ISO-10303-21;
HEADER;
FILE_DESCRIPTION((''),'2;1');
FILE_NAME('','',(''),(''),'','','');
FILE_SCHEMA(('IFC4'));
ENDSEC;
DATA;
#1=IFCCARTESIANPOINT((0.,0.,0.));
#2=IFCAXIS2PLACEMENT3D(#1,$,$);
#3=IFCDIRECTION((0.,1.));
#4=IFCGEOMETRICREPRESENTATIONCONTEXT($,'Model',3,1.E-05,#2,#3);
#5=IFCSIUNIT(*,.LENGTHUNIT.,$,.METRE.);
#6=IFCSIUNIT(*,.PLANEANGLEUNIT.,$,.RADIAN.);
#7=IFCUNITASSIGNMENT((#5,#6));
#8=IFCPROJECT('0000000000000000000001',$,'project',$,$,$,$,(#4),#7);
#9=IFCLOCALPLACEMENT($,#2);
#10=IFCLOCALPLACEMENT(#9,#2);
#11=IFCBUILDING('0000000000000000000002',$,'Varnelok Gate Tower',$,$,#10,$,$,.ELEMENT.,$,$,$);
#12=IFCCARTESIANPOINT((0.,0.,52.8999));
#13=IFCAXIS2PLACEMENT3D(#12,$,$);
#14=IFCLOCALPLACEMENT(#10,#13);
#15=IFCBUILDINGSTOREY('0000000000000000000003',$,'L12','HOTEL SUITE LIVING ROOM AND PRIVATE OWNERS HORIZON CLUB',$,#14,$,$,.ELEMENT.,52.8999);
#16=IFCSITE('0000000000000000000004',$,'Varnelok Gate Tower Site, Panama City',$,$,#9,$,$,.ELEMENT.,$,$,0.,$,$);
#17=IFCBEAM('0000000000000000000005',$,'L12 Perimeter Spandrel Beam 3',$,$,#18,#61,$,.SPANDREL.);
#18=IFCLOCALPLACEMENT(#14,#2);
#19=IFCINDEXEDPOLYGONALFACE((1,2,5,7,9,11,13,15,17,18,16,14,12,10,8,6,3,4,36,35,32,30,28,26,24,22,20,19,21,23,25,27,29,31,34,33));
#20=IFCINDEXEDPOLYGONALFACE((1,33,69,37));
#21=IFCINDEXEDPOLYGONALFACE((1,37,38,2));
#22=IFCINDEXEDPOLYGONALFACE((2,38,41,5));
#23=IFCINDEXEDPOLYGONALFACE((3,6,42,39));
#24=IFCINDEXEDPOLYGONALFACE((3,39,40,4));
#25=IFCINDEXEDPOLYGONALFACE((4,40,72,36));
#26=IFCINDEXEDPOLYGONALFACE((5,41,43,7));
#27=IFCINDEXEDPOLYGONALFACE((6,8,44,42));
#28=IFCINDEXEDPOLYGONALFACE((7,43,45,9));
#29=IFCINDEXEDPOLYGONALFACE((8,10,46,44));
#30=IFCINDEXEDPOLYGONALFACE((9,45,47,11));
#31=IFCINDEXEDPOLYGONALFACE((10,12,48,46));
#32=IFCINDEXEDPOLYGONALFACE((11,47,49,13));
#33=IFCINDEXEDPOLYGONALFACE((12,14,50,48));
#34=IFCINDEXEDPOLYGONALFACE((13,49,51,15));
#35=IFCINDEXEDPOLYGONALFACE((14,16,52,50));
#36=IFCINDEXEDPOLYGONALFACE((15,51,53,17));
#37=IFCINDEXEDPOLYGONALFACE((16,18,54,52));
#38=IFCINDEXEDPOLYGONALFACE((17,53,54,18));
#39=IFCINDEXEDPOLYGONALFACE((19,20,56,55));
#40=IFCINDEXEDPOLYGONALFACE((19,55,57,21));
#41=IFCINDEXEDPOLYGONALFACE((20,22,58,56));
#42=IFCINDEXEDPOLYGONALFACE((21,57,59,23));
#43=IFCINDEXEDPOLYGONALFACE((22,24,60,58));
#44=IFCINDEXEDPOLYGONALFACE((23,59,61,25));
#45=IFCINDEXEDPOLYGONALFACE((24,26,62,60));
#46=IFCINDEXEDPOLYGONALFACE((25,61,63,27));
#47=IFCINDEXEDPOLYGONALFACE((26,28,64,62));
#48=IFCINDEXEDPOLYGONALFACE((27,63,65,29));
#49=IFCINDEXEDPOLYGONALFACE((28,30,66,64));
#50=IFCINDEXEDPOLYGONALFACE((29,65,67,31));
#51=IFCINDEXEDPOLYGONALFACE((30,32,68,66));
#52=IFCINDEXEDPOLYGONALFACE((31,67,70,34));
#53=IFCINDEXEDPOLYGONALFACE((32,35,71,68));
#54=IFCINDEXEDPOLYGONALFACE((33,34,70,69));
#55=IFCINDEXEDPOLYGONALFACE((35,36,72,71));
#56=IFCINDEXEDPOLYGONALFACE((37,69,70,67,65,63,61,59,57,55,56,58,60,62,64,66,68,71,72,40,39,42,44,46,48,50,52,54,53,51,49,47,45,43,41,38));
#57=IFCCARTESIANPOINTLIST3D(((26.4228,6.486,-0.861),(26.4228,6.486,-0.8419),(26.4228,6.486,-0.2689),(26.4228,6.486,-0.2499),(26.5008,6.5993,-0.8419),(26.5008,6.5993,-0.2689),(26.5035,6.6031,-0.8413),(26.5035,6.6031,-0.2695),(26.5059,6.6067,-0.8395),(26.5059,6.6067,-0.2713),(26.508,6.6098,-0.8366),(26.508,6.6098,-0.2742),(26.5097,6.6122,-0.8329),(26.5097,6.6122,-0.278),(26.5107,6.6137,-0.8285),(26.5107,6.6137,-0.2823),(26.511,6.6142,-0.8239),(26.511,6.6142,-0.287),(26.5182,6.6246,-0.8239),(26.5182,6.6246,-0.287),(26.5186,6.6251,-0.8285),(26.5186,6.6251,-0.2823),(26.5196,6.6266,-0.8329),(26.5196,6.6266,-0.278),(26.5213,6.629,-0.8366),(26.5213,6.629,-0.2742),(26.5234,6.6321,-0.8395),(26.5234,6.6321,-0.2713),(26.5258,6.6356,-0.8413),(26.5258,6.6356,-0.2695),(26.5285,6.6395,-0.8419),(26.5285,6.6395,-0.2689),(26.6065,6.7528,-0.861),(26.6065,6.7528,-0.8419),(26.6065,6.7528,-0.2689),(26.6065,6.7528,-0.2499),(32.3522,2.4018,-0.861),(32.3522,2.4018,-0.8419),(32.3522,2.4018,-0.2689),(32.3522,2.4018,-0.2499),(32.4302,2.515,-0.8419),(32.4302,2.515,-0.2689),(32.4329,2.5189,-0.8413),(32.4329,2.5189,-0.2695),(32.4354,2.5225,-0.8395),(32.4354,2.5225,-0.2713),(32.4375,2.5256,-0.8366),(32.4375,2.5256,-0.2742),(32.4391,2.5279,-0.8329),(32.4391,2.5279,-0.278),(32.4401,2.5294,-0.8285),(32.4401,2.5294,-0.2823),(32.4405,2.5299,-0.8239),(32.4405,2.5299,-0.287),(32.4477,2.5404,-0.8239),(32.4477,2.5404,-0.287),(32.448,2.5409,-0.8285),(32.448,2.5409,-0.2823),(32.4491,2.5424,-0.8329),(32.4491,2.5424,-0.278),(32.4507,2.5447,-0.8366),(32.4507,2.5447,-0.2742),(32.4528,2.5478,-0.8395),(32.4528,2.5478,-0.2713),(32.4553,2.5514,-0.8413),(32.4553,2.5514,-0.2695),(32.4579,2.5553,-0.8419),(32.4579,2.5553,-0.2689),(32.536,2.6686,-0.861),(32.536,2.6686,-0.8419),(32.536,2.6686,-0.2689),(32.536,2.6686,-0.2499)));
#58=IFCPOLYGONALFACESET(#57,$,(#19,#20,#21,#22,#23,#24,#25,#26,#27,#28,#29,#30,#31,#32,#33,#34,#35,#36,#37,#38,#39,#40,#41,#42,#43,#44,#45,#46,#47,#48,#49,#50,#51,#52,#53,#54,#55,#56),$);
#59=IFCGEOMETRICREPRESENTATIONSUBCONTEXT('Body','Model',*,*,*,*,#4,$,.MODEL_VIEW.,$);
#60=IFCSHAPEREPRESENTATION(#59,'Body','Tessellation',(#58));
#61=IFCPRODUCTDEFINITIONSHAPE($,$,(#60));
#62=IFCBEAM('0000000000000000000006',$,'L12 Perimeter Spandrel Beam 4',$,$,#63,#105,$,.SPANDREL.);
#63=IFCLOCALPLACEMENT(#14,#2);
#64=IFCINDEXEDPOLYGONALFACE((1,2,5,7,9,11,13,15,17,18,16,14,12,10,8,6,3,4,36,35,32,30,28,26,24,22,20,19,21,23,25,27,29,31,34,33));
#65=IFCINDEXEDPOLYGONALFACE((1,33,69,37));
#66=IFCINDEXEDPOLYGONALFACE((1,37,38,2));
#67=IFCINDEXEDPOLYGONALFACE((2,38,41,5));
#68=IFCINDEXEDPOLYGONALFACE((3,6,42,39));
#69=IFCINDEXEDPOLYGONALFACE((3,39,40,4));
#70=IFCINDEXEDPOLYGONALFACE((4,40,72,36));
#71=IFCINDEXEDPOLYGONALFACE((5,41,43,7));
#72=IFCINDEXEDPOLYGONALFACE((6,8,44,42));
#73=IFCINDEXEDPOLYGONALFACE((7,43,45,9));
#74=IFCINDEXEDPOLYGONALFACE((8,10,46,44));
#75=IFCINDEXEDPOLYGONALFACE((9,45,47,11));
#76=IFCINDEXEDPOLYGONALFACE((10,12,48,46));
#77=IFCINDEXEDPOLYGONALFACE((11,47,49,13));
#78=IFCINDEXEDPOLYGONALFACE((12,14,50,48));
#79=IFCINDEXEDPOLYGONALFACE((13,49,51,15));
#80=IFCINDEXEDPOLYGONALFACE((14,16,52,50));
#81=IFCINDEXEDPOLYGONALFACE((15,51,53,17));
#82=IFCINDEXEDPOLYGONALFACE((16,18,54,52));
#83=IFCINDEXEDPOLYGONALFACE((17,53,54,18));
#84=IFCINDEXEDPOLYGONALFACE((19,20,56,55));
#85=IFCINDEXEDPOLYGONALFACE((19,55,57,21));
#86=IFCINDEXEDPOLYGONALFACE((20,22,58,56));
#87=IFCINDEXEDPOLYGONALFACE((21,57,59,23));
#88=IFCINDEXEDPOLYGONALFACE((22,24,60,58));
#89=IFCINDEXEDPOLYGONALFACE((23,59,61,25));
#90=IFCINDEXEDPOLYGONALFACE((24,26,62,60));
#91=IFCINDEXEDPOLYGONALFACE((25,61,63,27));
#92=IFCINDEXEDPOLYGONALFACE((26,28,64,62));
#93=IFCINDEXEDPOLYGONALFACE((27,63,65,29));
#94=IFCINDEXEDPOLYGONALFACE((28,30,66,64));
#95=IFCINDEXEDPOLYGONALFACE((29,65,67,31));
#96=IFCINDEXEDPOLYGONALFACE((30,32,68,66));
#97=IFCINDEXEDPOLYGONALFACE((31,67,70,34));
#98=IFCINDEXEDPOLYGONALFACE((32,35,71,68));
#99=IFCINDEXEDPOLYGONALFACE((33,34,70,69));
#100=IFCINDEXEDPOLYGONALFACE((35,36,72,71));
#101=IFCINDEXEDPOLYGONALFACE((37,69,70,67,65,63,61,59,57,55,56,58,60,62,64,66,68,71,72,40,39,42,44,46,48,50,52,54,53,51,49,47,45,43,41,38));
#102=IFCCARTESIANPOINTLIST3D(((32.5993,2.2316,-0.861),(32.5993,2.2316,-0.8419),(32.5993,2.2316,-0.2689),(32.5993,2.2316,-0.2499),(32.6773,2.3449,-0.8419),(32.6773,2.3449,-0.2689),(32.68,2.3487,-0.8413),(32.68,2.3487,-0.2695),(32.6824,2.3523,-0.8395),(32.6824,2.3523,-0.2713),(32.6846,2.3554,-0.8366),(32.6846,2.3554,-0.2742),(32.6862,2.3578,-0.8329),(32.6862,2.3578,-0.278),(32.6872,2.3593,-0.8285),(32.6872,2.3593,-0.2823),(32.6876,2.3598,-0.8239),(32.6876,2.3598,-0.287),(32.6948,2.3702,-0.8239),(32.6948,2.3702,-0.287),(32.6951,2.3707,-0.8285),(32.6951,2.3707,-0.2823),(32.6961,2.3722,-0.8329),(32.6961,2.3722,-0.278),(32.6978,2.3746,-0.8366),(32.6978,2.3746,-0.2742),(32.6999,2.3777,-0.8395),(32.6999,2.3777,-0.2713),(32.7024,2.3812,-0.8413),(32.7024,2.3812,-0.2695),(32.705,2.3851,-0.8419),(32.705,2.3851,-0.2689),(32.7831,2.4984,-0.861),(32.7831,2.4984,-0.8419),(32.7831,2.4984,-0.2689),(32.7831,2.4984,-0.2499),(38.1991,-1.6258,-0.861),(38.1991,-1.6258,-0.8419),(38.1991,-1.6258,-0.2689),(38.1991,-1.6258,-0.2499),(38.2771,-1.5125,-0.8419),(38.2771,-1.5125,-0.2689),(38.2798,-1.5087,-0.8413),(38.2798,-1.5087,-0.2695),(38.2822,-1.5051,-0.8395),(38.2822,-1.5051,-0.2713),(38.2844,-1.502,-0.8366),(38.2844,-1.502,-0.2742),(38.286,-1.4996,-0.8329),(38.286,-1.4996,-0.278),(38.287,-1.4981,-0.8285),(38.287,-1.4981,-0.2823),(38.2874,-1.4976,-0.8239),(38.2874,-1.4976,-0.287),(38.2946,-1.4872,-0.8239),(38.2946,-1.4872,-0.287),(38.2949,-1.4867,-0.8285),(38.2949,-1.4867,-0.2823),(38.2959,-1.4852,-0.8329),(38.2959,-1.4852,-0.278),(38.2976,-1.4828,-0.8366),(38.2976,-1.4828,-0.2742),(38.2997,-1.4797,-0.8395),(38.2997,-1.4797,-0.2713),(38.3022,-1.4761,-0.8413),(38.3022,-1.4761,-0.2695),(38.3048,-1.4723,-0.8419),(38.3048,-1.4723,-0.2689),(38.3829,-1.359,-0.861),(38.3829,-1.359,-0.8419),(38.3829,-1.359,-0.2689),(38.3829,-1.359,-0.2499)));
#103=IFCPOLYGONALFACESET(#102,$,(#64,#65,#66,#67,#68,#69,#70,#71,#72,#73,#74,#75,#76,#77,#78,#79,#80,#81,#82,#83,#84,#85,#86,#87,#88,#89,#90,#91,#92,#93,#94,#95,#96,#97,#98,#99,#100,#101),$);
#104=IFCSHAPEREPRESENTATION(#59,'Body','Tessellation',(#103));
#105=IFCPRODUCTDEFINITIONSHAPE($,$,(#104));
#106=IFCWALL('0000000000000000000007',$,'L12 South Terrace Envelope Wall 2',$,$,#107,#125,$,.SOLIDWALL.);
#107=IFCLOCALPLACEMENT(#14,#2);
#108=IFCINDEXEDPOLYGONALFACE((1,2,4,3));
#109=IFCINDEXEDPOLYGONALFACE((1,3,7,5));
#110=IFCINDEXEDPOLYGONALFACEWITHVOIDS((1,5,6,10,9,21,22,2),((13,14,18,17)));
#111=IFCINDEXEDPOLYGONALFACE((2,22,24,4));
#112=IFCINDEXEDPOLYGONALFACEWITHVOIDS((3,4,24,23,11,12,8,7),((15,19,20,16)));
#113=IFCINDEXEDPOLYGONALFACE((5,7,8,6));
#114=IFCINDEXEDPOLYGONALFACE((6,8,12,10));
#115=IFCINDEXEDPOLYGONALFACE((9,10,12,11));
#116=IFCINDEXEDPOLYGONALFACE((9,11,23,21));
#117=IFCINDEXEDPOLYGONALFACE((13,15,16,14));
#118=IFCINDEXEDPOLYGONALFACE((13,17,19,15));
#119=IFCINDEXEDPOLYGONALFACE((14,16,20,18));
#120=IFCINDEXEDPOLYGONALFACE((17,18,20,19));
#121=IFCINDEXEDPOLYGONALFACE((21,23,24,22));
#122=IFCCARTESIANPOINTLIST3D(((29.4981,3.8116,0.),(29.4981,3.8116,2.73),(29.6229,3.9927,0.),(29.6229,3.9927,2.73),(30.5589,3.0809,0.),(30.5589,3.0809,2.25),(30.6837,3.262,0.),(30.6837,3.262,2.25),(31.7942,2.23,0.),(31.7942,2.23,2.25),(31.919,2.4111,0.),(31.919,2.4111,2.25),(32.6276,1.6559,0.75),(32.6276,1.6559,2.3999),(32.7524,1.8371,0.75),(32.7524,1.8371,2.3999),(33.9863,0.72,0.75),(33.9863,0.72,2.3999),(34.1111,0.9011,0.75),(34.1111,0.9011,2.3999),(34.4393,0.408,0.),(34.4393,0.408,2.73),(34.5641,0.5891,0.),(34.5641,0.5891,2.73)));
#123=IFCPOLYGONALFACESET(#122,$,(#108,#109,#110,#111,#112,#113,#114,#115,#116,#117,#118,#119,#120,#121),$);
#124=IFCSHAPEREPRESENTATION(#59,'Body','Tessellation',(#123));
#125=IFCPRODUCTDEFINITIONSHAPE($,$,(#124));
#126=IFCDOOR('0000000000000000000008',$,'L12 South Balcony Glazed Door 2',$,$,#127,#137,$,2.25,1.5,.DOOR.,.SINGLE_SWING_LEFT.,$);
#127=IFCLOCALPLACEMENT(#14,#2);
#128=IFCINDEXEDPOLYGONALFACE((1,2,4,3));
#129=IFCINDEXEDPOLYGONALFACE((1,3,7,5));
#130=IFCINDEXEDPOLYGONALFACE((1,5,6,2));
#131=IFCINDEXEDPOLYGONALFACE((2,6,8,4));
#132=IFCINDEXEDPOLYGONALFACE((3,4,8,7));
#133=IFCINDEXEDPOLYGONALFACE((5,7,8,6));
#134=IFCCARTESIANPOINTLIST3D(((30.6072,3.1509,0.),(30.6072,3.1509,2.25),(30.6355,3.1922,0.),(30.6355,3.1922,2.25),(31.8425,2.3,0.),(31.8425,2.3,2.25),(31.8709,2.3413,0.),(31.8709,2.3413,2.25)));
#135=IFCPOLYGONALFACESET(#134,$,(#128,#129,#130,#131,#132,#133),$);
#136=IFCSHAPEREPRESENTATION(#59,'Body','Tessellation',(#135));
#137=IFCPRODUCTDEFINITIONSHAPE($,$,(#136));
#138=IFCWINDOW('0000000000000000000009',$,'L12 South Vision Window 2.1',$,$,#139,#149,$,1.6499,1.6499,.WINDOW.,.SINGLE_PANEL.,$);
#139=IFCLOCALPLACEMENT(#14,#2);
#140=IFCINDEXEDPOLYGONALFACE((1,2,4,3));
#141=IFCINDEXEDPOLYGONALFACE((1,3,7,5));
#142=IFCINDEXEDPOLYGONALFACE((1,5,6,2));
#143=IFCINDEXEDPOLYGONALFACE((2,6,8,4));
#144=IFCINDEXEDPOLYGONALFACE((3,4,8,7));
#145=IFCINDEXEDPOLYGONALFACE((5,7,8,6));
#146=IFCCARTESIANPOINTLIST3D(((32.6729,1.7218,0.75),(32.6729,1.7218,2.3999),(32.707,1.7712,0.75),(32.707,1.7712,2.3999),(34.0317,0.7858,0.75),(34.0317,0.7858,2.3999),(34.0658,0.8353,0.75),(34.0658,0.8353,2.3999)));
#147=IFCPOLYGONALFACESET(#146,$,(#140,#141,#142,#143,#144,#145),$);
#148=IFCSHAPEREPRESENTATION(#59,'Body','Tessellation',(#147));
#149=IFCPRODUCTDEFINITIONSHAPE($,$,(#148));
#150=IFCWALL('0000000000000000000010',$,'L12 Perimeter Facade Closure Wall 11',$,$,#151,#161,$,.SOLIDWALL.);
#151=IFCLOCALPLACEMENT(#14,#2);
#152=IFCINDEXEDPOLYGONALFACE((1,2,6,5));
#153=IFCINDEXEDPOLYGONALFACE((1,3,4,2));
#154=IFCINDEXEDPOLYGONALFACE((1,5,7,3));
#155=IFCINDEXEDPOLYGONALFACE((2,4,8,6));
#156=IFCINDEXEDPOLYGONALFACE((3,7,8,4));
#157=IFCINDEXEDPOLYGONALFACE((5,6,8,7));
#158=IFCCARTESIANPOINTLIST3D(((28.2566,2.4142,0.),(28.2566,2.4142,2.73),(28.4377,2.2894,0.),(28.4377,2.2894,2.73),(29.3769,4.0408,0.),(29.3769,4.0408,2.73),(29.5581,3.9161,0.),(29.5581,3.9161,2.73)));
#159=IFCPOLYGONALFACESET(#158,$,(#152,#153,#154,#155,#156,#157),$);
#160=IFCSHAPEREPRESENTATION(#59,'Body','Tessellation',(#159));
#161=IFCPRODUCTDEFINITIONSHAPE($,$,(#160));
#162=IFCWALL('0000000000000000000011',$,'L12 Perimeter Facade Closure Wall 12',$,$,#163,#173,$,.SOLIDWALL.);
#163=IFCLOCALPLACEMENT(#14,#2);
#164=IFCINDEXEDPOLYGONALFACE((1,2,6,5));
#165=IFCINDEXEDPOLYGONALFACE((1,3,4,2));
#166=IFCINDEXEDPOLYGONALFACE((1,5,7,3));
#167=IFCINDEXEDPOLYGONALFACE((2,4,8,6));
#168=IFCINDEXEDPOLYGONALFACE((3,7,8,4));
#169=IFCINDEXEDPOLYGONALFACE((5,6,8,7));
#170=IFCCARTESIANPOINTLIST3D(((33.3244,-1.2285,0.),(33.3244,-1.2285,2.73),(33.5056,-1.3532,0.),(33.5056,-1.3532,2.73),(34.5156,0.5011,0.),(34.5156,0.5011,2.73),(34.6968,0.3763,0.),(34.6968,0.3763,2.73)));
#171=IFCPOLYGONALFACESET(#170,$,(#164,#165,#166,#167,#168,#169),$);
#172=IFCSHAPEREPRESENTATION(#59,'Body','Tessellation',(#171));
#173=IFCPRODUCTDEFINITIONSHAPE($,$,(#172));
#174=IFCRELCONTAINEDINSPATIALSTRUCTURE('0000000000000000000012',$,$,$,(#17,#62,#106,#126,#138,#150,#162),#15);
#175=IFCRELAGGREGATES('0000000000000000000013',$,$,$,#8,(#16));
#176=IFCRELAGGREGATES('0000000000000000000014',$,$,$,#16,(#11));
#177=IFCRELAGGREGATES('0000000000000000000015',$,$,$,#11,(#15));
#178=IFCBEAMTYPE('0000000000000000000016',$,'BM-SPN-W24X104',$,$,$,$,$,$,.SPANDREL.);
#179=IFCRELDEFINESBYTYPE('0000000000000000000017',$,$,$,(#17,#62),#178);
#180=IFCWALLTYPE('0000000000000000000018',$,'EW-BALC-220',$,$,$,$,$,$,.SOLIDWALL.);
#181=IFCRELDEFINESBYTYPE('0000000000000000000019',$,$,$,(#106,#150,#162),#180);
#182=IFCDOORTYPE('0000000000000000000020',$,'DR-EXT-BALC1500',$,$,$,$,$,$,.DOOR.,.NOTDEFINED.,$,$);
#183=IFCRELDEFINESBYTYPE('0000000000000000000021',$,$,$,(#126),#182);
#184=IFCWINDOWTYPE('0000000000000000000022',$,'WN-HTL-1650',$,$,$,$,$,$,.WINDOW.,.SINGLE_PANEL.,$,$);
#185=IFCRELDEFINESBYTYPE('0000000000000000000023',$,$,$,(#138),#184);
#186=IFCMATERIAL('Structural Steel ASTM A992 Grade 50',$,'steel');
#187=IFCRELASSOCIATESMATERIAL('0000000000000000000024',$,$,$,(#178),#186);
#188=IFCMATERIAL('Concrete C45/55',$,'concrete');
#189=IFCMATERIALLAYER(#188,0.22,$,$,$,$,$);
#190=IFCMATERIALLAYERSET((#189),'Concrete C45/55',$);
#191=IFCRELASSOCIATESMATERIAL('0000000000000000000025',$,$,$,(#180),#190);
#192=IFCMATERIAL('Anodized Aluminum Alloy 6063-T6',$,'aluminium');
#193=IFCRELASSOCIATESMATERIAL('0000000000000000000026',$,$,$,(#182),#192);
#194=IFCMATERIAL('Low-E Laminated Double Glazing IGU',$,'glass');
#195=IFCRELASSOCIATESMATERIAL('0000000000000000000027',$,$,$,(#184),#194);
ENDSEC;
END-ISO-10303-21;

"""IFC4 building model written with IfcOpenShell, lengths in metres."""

from ifc_helpers import new_model, si_unit, direction, frame, frame_2d, origin, origin_2d, place, context, subcontext, project, spatial, rectangle, i_section, extrude, material, layer, layer_set, material_profile, profile_set, type_object, element, fill, save


model = new_model("IFC4")

# Units and contexts
model_context = context("Model", 3, precision=1e-05, world=origin(), true_north=direction((0.0, 1.0)))
body_context = subcontext(model_context, "Body", "Model", "MODEL_VIEW")
ifc_project = project(units=[si_unit("LENGTHUNIT", "METRE"), si_unit("PLANEANGLEUNIT", "RADIAN")], contexts=[model_context])

# Site, building, storey
site_placement = place(None, origin())
site = spatial("IfcSite", under=ifc_project, at=site_placement, Name="Varnelok Gate Tower Site, Panama City", CompositionType="ELEMENT", RefElevation=0.0)
building_placement = place(site_placement, origin())
building = spatial("IfcBuilding", under=site, at=building_placement, Name="Varnelok Gate Tower", CompositionType="ELEMENT")
storey_placement = place(building_placement, frame((0.0, 0.0, 52.8999)))
storey = spatial("IfcBuildingStorey", under=building, at=storey_placement, Name="L12", Description="HOTEL SUITE LIVING ROOM AND PRIVATE OWNERS HORIZON CLUB", CompositionType="ELEMENT", Elevation=52.8999)

# Shared definitions
ifc_material_1 = material(Name="Structural Steel ASTM A992 Grade 50", Category="steel")

# Beams
ifc_material_profile_1 = material_profile(ifc_material_1, i_section(OverallWidth=0.324, OverallDepth=0.6111, WebThickness=0.0127, FlangeThickness=0.019, FilletRadius=0.0181, at=origin_2d()), Name="W24X104")
ifc_profile_set_1 = profile_set([ifc_material_profile_1], Name="Structural Steel ASTM A992 Grade 50")
beam_type_1 = type_object("IfcBeamType", Name="BM-SPN-W24X104", PredefinedType="SPANDREL", material=ifc_profile_set_1)
beam_1_placement = place(storey_placement, frame((26.5146, 6.6194, -0.5554), z_axis=(0.82354, -0.567258, 0.0), x_axis=(0.567258, 0.82354, 0.0)))
element("IfcBeam", 1, at=beam_1_placement, inside=storey, type_object=beam_type_1, Name="L12 Perimeter Spandrel Beam 3", PredefinedType="SPANDREL", context=body_context, shape_type="SweptSolid", body=[
    extrude(i_section(OverallWidth=0.324, OverallDepth=0.6111, WebThickness=0.0127, FlangeThickness=0.019, FilletRadius=0.0181, at=origin_2d()), origin(), (0.0, 0.0, 1.0), 7.2),
])
beam_2_placement = place(storey_placement, frame((32.6912, 2.365, -0.5554), z_axis=(0.823525, -0.56728, 0.0), x_axis=(0.56728, 0.823525, 0.0)))
element("IfcBeam", 2, at=beam_2_placement, inside=storey, type_object=beam_type_1, Name="L12 Perimeter Spandrel Beam 4", PredefinedType="SPANDREL", context=body_context, shape_type="SweptSolid", body=[
    extrude(i_section(OverallWidth=0.324, OverallDepth=0.6111, WebThickness=0.0127, FlangeThickness=0.019, FilletRadius=0.0181, at=origin_2d()), origin(), (0.0, 0.0, 1.0), 6.7998),
])

# Wall, openings, door, window
ifc_material_2 = material(Name="Concrete C45/55", Category="concrete")
ifc_layer_1 = layer(ifc_material_2, 0.22)
ifc_layer_set_1 = layer_set([ifc_layer_1], Name="Concrete C45/55")
wall_type_1 = type_object("IfcWallType", Name="EW-BALC-220", PredefinedType="SOLIDWALL", material=ifc_layer_set_1)
wall_1_placement = place(storey_placement, frame((34.5017, 0.4985, 0.0), z_axis=(0.0, 0.0, 1.0), x_axis=(-0.823535, 0.567266, 0.0)))
wall_1 = element("IfcWall", 3, at=wall_1_placement, inside=storey, type_object=wall_type_1, Name="L12 South Terrace Envelope Wall 2", PredefinedType="SOLIDWALL", context=body_context, shape_type="SweptSolid", body=[
    extrude(rectangle(XDim=6.0, YDim=0.22, at=frame_2d((3.0, 0.0))), origin(), (0.0, 0.0, 1.0), 2.73),
])
opening_1_placement = place(wall_1_placement, frame((3.2119, 0.0, 0.0)))
opening_1 = element("IfcOpeningElement", 4, at=opening_1_placement, cuts=wall_1, PredefinedType="OPENING", context=body_context, shape_type="SweptSolid", body=[
    extrude(rectangle(XDim=1.5, YDim=2.25, at=frame_2d((0.75, 1.125))), frame((0.0, 0.1199, 0.0), z_axis=(0.0, -1.0, 0.0), x_axis=(1.0, 0.0, 0.0)), (0.0, 0.0, 1.0), 0.24),
])
opening_2_placement = place(wall_1_placement, frame((0.55, 0.0, 0.75)))
opening_2 = element("IfcOpeningElement", 5, at=opening_2_placement, cuts=wall_1, PredefinedType="OPENING", context=body_context, shape_type="SweptSolid", body=[
    extrude(rectangle(XDim=1.6499, YDim=1.6499, at=frame_2d((0.825, 0.825))), frame((0.0, 0.1199, 0.0), z_axis=(0.0, -1.0, 0.0), x_axis=(1.0, 0.0, 0.0)), (0.0, 0.0, 1.0), 0.24),
])
ifc_material_3 = material(Name="Anodized Aluminum Alloy 6063-T6", Category="aluminium")
door_type_1 = type_object("IfcDoorType", Name="DR-EXT-BALC1500", OperationType="NOTDEFINED", PredefinedType="DOOR", material=ifc_material_3)
door_1_placement = place(opening_1_placement, origin())
door_1 = element("IfcDoor", 6, at=door_1_placement, inside=storey, type_object=door_type_1, Name="L12 South Balcony Glazed Door 2", OperationType="SINGLE_SWING_LEFT", OverallHeight=2.25, OverallWidth=1.5, PredefinedType="DOOR", context=body_context, shape_type="SweptSolid", body=[
    extrude(rectangle(XDim=1.5, YDim=2.25, at=frame_2d((0.75, 1.125))), frame((0.0, 0.0249, 0.0), z_axis=(0.0, -1.0, 0.0), x_axis=(1.0, 0.0, 0.0)), (0.0, 0.0, 1.0), 0.05),
])
fill(opening_1, door_1)
ifc_material_4 = material(Name="Low-E Laminated Double Glazing IGU", Category="glass")
window_type = type_object("IfcWindowType", Name="WN-HTL-1650", PartitioningType="SINGLE_PANEL", PredefinedType="WINDOW", material=ifc_material_4)
window_1_placement = place(opening_2_placement, origin())
window_1 = element("IfcWindow", 7, at=window_1_placement, inside=storey, type_object=window_type, Name="L12 South Vision Window 2.1", OverallHeight=1.6499, OverallWidth=1.6499, PartitioningType="SINGLE_PANEL", PredefinedType="WINDOW", context=body_context, shape_type="SweptSolid", body=[
    extrude(rectangle(XDim=1.6499, YDim=1.6499, at=frame_2d((0.825, 0.825))), frame((0.0, 0.03, 0.0), z_axis=(0.0, -1.0, 0.0), x_axis=(1.0, 0.0, 0.0)), (0.0, 0.0, 1.0), 0.0601),
])
fill(opening_2, window_1)

# Walls
wall_2_placement = place(storey_placement, frame((28.3472, 2.3518, 0.0), z_axis=(0.0, 0.0, 1.0), x_axis=(0.567216, 0.823569, 0.0)))
element("IfcWall", 8, at=wall_2_placement, inside=storey, type_object=wall_type_1, Name="L12 Perimeter Facade Closure Wall 11", PredefinedType="SOLIDWALL", context=body_context, shape_type="SweptSolid", body=[
    extrude(rectangle(XDim=1.9751, YDim=0.22, at=frame_2d((0.9875, 0.0))), origin(), (0.0, 0.0, 1.0), 2.73),
])
wall_3_placement = place(storey_placement, frame((34.6062, 0.4387, 0.0), z_axis=(0.0, 0.0, 1.0), x_axis=(-0.567219, -0.823567, 0.0)))
element("IfcWall", 9, at=wall_3_placement, inside=storey, type_object=wall_type_1, Name="L12 Perimeter Facade Closure Wall 12", PredefinedType="SOLIDWALL", context=body_context, shape_type="SweptSolid", body=[
    extrude(rectangle(XDim=2.1001, YDim=0.22, at=frame_2d((1.05, 0.0))), origin(), (0.0, 0.0, 1.0), 2.73),
])

save(model, "model.ifc")
